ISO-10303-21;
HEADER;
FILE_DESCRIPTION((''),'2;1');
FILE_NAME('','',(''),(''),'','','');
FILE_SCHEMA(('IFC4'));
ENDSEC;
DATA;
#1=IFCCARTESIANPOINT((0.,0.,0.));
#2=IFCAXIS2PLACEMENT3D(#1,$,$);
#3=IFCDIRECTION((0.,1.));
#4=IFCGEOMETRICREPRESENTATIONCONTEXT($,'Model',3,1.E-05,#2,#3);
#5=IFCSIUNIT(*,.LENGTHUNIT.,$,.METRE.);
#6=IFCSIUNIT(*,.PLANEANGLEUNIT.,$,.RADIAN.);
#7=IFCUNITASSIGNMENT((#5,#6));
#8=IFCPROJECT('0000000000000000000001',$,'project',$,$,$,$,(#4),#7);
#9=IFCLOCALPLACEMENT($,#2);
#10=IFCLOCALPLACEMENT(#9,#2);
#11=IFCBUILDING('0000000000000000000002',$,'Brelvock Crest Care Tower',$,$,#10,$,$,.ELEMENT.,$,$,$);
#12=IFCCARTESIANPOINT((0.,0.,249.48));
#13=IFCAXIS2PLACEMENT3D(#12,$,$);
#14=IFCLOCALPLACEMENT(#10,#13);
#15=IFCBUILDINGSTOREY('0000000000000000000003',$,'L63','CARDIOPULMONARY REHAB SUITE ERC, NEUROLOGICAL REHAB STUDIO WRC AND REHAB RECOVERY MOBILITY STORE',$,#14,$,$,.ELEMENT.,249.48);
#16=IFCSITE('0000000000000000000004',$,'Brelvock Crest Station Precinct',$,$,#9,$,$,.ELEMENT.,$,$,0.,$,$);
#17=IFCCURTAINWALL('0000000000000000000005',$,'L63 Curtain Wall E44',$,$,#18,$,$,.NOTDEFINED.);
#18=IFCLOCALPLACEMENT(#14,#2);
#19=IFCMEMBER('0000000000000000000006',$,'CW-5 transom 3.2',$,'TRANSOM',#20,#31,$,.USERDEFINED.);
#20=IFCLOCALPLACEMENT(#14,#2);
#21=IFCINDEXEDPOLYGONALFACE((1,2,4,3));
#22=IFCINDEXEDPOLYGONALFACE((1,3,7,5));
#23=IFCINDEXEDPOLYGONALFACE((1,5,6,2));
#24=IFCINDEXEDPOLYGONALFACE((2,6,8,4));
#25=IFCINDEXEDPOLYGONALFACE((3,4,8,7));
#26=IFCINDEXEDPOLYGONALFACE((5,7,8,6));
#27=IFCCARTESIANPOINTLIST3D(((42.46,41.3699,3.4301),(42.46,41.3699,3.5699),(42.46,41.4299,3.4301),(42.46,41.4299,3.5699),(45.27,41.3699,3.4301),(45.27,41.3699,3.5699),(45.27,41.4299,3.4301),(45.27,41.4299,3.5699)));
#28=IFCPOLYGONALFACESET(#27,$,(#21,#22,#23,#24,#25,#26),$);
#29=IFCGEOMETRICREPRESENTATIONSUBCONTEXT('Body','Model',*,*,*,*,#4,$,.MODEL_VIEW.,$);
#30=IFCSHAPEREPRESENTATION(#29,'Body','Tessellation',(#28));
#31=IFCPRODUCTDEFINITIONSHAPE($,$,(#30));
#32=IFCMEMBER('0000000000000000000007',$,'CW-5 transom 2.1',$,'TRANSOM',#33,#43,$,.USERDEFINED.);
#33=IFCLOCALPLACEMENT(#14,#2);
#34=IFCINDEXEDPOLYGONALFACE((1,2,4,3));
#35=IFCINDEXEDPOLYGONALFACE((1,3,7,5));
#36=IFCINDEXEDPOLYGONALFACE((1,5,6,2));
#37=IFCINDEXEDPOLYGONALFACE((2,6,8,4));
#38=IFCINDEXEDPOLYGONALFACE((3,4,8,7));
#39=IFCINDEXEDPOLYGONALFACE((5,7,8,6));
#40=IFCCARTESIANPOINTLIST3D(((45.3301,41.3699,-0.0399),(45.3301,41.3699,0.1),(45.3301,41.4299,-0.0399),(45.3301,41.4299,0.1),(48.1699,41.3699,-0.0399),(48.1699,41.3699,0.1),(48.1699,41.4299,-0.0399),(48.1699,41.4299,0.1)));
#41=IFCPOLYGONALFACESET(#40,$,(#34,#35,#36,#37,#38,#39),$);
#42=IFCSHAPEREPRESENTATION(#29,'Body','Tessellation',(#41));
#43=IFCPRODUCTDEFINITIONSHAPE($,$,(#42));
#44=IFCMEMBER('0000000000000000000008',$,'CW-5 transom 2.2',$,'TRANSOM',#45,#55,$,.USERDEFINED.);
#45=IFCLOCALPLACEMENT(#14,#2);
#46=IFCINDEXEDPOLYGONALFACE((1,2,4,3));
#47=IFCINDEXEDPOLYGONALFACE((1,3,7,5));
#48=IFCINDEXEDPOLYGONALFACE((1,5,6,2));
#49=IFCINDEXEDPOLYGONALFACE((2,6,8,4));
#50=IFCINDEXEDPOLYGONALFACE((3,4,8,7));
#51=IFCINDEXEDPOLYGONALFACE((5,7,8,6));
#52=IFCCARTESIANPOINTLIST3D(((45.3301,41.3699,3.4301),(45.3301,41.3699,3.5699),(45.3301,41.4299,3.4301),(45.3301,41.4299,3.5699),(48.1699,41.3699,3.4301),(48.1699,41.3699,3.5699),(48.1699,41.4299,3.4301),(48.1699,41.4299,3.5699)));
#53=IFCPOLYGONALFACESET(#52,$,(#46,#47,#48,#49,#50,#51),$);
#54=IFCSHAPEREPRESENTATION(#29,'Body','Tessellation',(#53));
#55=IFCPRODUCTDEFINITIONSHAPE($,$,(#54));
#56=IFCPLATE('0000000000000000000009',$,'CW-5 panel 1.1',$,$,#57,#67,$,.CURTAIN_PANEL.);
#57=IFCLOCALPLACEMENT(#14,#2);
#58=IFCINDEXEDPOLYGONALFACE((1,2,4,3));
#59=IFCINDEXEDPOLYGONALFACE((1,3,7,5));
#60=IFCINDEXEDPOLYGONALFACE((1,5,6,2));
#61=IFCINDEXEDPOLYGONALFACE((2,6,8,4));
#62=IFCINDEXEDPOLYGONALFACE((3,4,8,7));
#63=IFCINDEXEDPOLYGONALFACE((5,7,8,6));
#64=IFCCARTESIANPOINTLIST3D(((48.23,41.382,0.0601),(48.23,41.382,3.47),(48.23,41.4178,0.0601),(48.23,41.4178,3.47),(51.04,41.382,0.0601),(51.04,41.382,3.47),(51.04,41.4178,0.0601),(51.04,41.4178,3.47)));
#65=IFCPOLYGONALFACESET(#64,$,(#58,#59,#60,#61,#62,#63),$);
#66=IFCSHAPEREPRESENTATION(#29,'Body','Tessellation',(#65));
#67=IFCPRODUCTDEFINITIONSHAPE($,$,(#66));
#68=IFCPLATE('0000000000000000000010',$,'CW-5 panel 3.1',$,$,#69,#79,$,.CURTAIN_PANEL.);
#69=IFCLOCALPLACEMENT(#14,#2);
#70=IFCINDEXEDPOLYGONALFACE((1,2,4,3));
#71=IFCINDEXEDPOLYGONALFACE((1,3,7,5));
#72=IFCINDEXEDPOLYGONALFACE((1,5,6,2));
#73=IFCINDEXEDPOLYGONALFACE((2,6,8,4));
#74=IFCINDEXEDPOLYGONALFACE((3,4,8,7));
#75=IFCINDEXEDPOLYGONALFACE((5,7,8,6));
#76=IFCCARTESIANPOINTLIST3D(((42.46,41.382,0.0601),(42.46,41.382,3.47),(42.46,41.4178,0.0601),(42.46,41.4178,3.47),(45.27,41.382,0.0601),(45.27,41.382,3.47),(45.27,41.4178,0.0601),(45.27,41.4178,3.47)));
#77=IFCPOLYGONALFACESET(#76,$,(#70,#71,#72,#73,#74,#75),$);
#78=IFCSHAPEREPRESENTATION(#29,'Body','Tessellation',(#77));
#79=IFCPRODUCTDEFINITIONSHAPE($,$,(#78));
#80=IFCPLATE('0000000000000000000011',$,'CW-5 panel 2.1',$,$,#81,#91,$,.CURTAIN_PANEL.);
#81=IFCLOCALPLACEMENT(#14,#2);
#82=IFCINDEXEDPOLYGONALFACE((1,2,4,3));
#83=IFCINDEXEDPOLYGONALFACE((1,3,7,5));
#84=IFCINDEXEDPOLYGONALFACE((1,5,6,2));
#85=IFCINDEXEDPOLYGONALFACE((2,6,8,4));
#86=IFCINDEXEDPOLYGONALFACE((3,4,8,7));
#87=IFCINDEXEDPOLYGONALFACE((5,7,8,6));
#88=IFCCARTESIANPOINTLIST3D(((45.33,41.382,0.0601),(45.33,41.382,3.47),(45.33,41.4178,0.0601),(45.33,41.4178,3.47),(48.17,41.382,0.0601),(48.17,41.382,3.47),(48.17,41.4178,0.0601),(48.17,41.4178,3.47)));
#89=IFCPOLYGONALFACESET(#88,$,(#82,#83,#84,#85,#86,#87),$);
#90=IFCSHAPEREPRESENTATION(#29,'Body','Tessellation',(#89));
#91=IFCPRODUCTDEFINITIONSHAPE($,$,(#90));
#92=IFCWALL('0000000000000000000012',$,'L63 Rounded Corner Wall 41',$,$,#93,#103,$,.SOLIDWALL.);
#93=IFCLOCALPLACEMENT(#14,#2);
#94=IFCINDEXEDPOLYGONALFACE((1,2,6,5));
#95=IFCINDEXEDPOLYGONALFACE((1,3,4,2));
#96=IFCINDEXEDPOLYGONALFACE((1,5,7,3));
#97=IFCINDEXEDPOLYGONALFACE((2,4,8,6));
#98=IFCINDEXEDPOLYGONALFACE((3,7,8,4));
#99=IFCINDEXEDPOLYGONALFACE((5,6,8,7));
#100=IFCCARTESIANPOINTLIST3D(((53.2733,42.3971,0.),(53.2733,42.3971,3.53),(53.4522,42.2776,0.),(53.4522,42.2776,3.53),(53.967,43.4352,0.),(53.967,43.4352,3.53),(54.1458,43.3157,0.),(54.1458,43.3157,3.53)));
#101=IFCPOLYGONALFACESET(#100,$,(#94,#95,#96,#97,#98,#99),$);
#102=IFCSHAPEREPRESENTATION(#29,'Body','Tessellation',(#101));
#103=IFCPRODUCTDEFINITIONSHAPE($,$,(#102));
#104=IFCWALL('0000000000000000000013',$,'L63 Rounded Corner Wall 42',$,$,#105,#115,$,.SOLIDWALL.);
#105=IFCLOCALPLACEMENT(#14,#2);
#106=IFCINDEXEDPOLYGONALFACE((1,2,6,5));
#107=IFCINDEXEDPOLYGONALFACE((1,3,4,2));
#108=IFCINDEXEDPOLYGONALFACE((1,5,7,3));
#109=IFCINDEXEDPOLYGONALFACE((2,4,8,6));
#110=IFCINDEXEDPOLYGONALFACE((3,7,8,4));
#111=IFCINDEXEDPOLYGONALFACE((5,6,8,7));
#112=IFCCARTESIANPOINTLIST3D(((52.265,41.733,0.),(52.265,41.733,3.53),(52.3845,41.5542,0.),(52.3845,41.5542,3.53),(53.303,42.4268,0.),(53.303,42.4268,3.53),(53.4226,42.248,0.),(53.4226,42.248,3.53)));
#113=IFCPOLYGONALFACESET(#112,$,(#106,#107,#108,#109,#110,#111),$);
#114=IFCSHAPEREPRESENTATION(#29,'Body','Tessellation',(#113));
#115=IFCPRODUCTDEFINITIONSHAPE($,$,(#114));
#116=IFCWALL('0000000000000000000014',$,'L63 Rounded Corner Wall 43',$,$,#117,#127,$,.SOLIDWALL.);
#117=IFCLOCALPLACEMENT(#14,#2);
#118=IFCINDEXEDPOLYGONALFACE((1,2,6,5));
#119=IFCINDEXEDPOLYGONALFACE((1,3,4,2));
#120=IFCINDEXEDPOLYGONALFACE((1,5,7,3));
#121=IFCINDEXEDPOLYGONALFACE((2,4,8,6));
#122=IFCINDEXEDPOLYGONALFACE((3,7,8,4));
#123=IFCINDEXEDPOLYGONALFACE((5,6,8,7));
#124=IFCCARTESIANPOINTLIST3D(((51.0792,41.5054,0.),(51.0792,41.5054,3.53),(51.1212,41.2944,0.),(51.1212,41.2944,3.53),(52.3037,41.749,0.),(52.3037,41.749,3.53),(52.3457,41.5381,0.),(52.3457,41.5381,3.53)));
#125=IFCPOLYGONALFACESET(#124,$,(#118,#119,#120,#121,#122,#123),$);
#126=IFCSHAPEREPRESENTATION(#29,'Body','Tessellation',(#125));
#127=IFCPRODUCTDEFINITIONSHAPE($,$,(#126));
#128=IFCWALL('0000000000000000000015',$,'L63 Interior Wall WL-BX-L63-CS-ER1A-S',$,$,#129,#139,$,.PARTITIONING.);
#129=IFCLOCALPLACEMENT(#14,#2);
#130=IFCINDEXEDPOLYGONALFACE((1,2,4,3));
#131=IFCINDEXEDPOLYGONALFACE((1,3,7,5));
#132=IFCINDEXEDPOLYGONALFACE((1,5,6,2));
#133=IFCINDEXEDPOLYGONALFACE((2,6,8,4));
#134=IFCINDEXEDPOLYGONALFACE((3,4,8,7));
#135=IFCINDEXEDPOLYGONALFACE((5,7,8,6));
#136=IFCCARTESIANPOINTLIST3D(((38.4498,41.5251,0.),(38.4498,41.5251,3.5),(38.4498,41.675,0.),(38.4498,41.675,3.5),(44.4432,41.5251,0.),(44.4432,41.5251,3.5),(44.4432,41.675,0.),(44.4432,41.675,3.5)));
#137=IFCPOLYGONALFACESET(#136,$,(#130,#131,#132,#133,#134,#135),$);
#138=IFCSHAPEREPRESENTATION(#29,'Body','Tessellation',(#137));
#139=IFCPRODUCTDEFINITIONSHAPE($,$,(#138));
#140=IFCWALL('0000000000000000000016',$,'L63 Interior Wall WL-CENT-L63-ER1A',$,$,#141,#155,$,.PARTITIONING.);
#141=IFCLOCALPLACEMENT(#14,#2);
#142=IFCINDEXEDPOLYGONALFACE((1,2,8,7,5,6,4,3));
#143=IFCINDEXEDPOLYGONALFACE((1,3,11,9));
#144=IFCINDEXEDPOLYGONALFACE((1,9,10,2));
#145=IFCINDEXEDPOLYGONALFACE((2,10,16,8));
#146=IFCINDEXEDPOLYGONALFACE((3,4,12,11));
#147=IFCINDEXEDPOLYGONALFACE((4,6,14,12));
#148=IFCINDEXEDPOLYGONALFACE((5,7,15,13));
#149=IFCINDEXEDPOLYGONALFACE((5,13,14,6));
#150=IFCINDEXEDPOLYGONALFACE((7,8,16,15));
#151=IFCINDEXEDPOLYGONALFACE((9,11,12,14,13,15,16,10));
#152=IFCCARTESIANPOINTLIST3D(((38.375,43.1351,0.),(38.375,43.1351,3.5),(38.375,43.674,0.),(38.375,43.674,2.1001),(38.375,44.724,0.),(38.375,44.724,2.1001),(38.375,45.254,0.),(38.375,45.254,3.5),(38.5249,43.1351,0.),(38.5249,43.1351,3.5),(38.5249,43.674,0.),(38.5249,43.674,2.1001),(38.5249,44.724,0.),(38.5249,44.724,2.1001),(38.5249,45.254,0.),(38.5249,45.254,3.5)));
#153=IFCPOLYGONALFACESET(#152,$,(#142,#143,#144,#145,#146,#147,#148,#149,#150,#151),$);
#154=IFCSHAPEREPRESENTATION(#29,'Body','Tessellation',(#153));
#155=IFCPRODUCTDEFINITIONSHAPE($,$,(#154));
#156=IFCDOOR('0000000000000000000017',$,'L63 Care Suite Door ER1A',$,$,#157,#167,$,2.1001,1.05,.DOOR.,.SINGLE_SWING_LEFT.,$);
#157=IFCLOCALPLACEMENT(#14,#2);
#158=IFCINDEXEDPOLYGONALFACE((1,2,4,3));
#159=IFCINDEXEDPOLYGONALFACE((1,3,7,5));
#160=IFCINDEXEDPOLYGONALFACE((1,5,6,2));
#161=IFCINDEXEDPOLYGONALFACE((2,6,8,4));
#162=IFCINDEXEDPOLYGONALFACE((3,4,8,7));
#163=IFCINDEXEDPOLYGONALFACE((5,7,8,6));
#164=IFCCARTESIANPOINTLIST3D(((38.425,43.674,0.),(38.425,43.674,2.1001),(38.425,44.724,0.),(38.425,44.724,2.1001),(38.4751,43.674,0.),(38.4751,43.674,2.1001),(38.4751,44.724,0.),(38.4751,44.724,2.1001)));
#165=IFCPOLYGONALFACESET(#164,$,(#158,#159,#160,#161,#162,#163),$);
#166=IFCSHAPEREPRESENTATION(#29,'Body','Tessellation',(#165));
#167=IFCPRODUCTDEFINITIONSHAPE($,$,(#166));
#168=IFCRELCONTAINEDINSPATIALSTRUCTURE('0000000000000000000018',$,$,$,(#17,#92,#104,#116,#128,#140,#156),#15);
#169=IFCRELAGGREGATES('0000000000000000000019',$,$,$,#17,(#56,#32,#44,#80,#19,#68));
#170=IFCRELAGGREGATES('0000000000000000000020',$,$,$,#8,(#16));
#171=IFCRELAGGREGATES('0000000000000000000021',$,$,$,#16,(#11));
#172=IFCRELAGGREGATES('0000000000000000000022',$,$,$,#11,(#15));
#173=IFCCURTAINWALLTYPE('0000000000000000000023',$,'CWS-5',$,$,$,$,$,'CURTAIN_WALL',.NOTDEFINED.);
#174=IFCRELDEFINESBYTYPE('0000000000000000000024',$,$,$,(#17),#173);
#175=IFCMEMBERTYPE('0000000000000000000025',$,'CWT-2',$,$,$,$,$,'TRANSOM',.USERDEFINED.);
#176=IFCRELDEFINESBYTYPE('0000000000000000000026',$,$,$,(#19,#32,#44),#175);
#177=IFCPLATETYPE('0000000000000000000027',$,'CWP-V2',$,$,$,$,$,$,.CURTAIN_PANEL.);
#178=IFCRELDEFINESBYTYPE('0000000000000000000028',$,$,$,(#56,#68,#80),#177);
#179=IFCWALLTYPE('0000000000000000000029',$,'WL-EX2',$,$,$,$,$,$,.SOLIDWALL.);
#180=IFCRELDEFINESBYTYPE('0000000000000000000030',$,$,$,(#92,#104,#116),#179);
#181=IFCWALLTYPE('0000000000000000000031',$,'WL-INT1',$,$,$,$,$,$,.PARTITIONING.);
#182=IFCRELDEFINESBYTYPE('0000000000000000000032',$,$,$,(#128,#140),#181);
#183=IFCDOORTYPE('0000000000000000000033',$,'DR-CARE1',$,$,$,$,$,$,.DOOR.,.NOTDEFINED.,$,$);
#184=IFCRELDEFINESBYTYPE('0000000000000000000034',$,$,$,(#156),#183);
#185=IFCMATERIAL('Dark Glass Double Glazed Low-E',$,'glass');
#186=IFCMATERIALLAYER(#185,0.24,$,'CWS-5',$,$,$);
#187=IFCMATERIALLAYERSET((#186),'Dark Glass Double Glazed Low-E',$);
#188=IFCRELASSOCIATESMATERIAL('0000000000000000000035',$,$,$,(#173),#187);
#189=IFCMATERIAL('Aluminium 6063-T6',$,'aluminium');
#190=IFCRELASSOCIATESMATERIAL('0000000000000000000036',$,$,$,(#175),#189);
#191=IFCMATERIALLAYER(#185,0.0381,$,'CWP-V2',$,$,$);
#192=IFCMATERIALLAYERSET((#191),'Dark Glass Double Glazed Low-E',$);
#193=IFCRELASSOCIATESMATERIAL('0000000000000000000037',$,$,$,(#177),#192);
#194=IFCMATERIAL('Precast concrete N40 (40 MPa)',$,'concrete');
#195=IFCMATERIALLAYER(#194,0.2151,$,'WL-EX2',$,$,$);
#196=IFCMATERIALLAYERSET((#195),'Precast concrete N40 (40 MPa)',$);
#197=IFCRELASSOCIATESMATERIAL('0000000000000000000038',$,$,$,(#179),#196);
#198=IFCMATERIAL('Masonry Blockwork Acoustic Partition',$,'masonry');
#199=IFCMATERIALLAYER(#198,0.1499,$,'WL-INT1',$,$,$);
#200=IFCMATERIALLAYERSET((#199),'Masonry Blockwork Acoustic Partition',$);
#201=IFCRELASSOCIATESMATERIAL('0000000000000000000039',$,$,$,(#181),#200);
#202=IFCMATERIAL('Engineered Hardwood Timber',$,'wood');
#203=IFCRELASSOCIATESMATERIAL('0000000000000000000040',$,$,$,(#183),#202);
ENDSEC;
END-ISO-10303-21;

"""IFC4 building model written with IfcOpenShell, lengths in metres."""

from ifc_helpers import new_model, si_unit, direction, frame, frame_2d, origin, origin_2d, place, context, subcontext, project, spatial, rectangle, extrude, source, transform, mapped, material, layer, layer_set, material_profile, profile_set, type_object, element, fill, aggregate, save


model = new_model("IFC4")

# Units and contexts
model_context = context("Model", 3, precision=1e-05, world=origin(), true_north=direction((0.0, 1.0)))
body_context = subcontext(model_context, "Body", "Model", "MODEL_VIEW")
ifc_project = project(units=[si_unit("LENGTHUNIT", "METRE"), si_unit("PLANEANGLEUNIT", "RADIAN")], contexts=[model_context])

# Site, building, storey
site_placement = place(None, origin())
site = spatial("IfcSite", under=ifc_project, at=site_placement, Name="Brelvock Crest Station Precinct", CompositionType="ELEMENT", RefElevation=0.0)
building_placement = place(site_placement, origin())
building = spatial("IfcBuilding", under=site, at=building_placement, Name="Brelvock Crest Care Tower", CompositionType="ELEMENT")
storey_placement = place(building_placement, frame((0.0, 0.0, 249.48)))
storey = spatial("IfcBuildingStorey", under=building, at=storey_placement, Name="L63", Description="CARDIOPULMONARY REHAB SUITE ERC, NEUROLOGICAL REHAB STUDIO WRC AND REHAB RECOVERY MOBILITY STORE", CompositionType="ELEMENT", Elevation=249.48)

# Curtain wall
ifc_material_1 = material(Name="Dark Glass Double Glazed Low-E", Category="glass")
ifc_layer_1 = layer(ifc_material_1, 0.24, Name="CWS-5")
ifc_layer_set_1 = layer_set([ifc_layer_1], Name="Dark Glass Double Glazed Low-E")
curtain_wall_type = type_object("IfcCurtainWallType", Name="CWS-5", ElementType="CURTAIN_WALL", PredefinedType="NOTDEFINED", material=ifc_layer_set_1)
curtain_wall_1_placement = place(storey_placement, origin())
curtain_wall_1 = element("IfcCurtainWall", 1, at=curtain_wall_1_placement, inside=storey, type_object=curtain_wall_type, Name="L63 Curtain Wall E44", PredefinedType="NOTDEFINED")
ifc_material_2 = material(Name="Aluminium 6063-T6", Category="aluminium")
ifc_material_profile_1 = material_profile(ifc_material_2, rectangle(XDim=0.0601, YDim=0.1399, at=origin_2d()), Name="ALU60x140")
ifc_profile_set_1 = profile_set([ifc_material_profile_1], Name="Aluminium 6063-T6")
member_type_1 = type_object("IfcMemberType", Name="CWT-2", ElementType="TRANSOM", PredefinedType="USERDEFINED", material=ifc_profile_set_1)

# Members
shared_shape_1 = source(origin(), body_context, "Body", "SweptSolid", [
    extrude(rectangle(XDim=0.0601, YDim=0.1399, at=origin_2d()), origin(), (0.0, 0.0, 1.0), 2.8101),
])
member_1_placement = place(storey_placement, frame((45.27, 41.3999, 3.5), z_axis=(-1.0, 0.0, 0.0), x_axis=(0.0, -1.0, 0.0)))
member_1 = element("IfcMember", 2, at=member_1_placement, type_object=member_type_1, Name="CW-5 transom 3.2", ObjectType="TRANSOM", PredefinedType="USERDEFINED", context=body_context, shape_type="MappedRepresentation", body=[
    mapped(shared_shape_1, transform((0.0, 0.0, 0.0), x_axis=(1.0, 0.0, 0.0), y_axis=(0.0, 1.0, 0.0), z_axis=(0.0, 0.0, 1.0), scale=1.0)),
])
shared_shape_2 = source(origin(), body_context, "Body", "SweptSolid", [
    extrude(rectangle(XDim=0.0601, YDim=0.1399, at=origin_2d()), origin(), (0.0, 0.0, 1.0), 2.8398),
])
member_2_placement = place(storey_placement, frame((48.1699, 41.3999, 0.03), z_axis=(-1.0, 0.0, 0.0), x_axis=(0.0, -1.0, 0.0)))
member_2 = element("IfcMember", 3, at=member_2_placement, type_object=member_type_1, Name="CW-5 transom 2.1", ObjectType="TRANSOM", PredefinedType="USERDEFINED", context=body_context, shape_type="MappedRepresentation", body=[
    mapped(shared_shape_2, transform((0.0, 0.0, 0.0), x_axis=(1.0, 0.0, 0.0), y_axis=(0.0, 1.0, 0.0), z_axis=(0.0, 0.0, 1.0), scale=1.0)),
])
member_3_placement = place(storey_placement, frame((48.1699, 41.3999, 3.5), z_axis=(-1.0, 0.0, 0.0), x_axis=(0.0, -1.0, 0.0)))
member_3 = element("IfcMember", 4, at=member_3_placement, type_object=member_type_1, Name="CW-5 transom 2.2", ObjectType="TRANSOM", PredefinedType="USERDEFINED", context=body_context, shape_type="MappedRepresentation", body=[
    mapped(shared_shape_2, transform((0.0, 0.0, 0.0), x_axis=(1.0, 0.0, 0.0), y_axis=(0.0, 1.0, 0.0), z_axis=(0.0, 0.0, 1.0), scale=1.0)),
])

# Plates
ifc_layer_2 = layer(ifc_material_1, 0.0381, Name="CWP-V2")
ifc_layer_set_2 = layer_set([ifc_layer_2], Name="Dark Glass Double Glazed Low-E")
plate_type = type_object("IfcPlateType", Name="CWP-V2", PredefinedType="CURTAIN_PANEL", material=ifc_layer_set_2)
shared_shape_3 = source(origin(), body_context, "Body", "SweptSolid", [
    extrude(rectangle(XDim=2.8101, YDim=0.0359, at=origin_2d()), origin(), (0.0, 0.0, 1.0), 3.4099),
])
plate_1_placement = place(storey_placement, frame((49.635, 41.3999, 0.0601), z_axis=(0.0, 0.0, 1.0), x_axis=(-1.0, 0.0, 0.0)))
plate_1 = element("IfcPlate", 5, at=plate_1_placement, type_object=plate_type, Name="CW-5 panel 1.1", PredefinedType="CURTAIN_PANEL", context=body_context, shape_type="MappedRepresentation", body=[
    mapped(shared_shape_3, transform((0.0, 0.0, 0.0), x_axis=(1.0, 0.0, 0.0), y_axis=(0.0, 1.0, 0.0), z_axis=(0.0, 0.0, 1.0), scale=1.0)),
])
plate_2_placement = place(storey_placement, frame((43.865, 41.3999, 0.0601), z_axis=(0.0, 0.0, 1.0), x_axis=(-1.0, 0.0, 0.0)))
plate_2 = element("IfcPlate", 6, at=plate_2_placement, type_object=plate_type, Name="CW-5 panel 3.1", PredefinedType="CURTAIN_PANEL", context=body_context, shape_type="MappedRepresentation", body=[
    mapped(shared_shape_3, transform((0.0, 0.0, 0.0), x_axis=(1.0, 0.0, 0.0), y_axis=(0.0, 1.0, 0.0), z_axis=(0.0, 0.0, 1.0), scale=1.0)),
])
shared_shape_4 = source(origin(), body_context, "Body", "SweptSolid", [
    extrude(rectangle(XDim=2.8401, YDim=0.0359, at=origin_2d()), origin(), (0.0, 0.0, 1.0), 3.4099),
])
plate_3_placement = place(storey_placement, frame((46.75, 41.3999, 0.0601), z_axis=(0.0, 0.0, 1.0), x_axis=(-1.0, 0.0, 0.0)))
plate_3 = element("IfcPlate", 7, at=plate_3_placement, type_object=plate_type, Name="CW-5 panel 2.1", PredefinedType="CURTAIN_PANEL", context=body_context, shape_type="MappedRepresentation", body=[
    mapped(shared_shape_4, transform((0.0, 0.0, 0.0), x_axis=(1.0, 0.0, 0.0), y_axis=(0.0, 1.0, 0.0), z_axis=(0.0, 0.0, 1.0), scale=1.0)),
])
aggregate(curtain_wall_1, [plate_1, member_2, member_3, plate_3, member_1, plate_2])

# Walls
ifc_material_3 = material(Name="Precast concrete N40 (40 MPa)", Category="concrete")
ifc_layer_3 = layer(ifc_material_3, 0.2151, Name="WL-EX2")
ifc_layer_set_3 = layer_set([ifc_layer_3], Name="Precast concrete N40 (40 MPa)")
wall_type_1 = type_object("IfcWallType", Name="WL-EX2", PredefinedType="SOLIDWALL", material=ifc_layer_set_3)
for number, where, z_axis, x_axis, name in (
    (8, (54.0564, 43.3755, 0.0), (0.0, 0.0, 1.0), (-0.555557, -0.831478, 0.0), "L63 Rounded Corner Wall 41"),
    (9, (53.3628, 42.3374, 0.0), (0.0, 0.0, 1.0), (-0.831388, -0.555692, 0.0), "L63 Rounded Corner Wall 42"),
    (10, (52.3247, 41.6436, 0.0), (0.0, 0.0, 1.0), (-0.980776, -0.195138, 0.0), "L63 Rounded Corner Wall 43"),
):
    element("IfcWall", number, at=place(storey_placement, frame(where, z_axis=z_axis, x_axis=x_axis)), inside=storey, type_object=wall_type_1, Name=name, PredefinedType="SOLIDWALL", context=body_context, shape_type="SweptSolid", body=[
        extrude(rectangle(XDim=1.2485, YDim=0.2151, at=frame_2d((0.6243, 0.0))), origin(), (0.0, 0.0, 1.0), 3.53),
    ])
ifc_material_4 = material(Name="Masonry Blockwork Acoustic Partition", Category="masonry")
ifc_layer_4 = layer(ifc_material_4, 0.1499, Name="WL-INT1")
ifc_layer_set_4 = layer_set([ifc_layer_4], Name="Masonry Blockwork Acoustic Partition")
wall_type_2 = type_object("IfcWallType", Name="WL-INT1", PredefinedType="PARTITIONING", material=ifc_layer_set_4)
wall_1_placement = place(storey_placement, frame((38.45, 41.6001, 0.0), z_axis=(0.0, 0.0, 1.0), x_axis=(1.0, 0.0, 0.0)))
element("IfcWall", 11, at=wall_1_placement, inside=storey, type_object=wall_type_2, Name="L63 Interior Wall WL-BX-L63-CS-ER1A-S", PredefinedType="PARTITIONING", context=body_context, shape_type="SweptSolid", body=[
    extrude(rectangle(XDim=5.9934, YDim=0.1499, at=frame_2d((2.9966, 0.0))), origin(), (0.0, 0.0, 1.0), 3.5),
])

# Wall, opening, door
wall_2_placement = place(storey_placement, frame((38.45, 43.135, 0.0), z_axis=(0.0, 0.0, 1.0), x_axis=(0.0, 1.0, 0.0)))
wall_2 = element("IfcWall", 12, at=wall_2_placement, inside=storey, type_object=wall_type_2, Name="L63 Interior Wall WL-CENT-L63-ER1A", PredefinedType="PARTITIONING", context=body_context, shape_type="SweptSolid", body=[
    extrude(rectangle(XDim=2.1189, YDim=0.1499, at=frame_2d((1.0596, 0.0))), origin(), (0.0, 0.0, 1.0), 3.5),
])
opening_1_placement = place(wall_2_placement, frame((0.5391, 0.0, 0.0)))
opening_1 = element("IfcOpeningElement", 13, at=opening_1_placement, cuts=wall_2, PredefinedType="OPENING", context=body_context, shape_type="SweptSolid", body=[
    extrude(rectangle(XDim=1.05, YDim=2.1001, at=origin_2d()), frame((0.5249, 0.085, 1.05), z_axis=(0.0, -1.0, 0.0), x_axis=(1.0, 0.0, 0.0)), (0.0, 0.0, 1.0), 0.1699),
])
ifc_material_5 = material(Name="Engineered Hardwood Timber", Category="wood")
door_type_1 = type_object("IfcDoorType", Name="DR-CARE1", OperationType="NOTDEFINED", PredefinedType="DOOR", material=ifc_material_5)
shared_shape_5 = source(origin(), body_context, "Body", "SweptSolid", [
    extrude(rectangle(XDim=1.05, YDim=2.1001, at=origin_2d()), frame((0.5249, 0.0249, 1.05), z_axis=(0.0, -1.0, 0.0), x_axis=(1.0, 0.0, 0.0)), (0.0, 0.0, 1.0), 0.05),
])
door_1_placement = place(opening_1_placement, origin())
door_1 = element("IfcDoor", 14, at=door_1_placement, inside=storey, type_object=door_type_1, Name="L63 Care Suite Door ER1A", OperationType="SINGLE_SWING_LEFT", OverallHeight=2.1001, OverallWidth=1.05, PredefinedType="DOOR", context=body_context, shape_type="MappedRepresentation", body=[
    mapped(shared_shape_5, transform((0.0, 0.0, 0.0), x_axis=(1.0, 0.0, 0.0), y_axis=(0.0, 1.0, 0.0), z_axis=(0.0, 0.0, 1.0), scale=1.0)),
])
fill(opening_1, door_1)

save(model, "model.ifc")
